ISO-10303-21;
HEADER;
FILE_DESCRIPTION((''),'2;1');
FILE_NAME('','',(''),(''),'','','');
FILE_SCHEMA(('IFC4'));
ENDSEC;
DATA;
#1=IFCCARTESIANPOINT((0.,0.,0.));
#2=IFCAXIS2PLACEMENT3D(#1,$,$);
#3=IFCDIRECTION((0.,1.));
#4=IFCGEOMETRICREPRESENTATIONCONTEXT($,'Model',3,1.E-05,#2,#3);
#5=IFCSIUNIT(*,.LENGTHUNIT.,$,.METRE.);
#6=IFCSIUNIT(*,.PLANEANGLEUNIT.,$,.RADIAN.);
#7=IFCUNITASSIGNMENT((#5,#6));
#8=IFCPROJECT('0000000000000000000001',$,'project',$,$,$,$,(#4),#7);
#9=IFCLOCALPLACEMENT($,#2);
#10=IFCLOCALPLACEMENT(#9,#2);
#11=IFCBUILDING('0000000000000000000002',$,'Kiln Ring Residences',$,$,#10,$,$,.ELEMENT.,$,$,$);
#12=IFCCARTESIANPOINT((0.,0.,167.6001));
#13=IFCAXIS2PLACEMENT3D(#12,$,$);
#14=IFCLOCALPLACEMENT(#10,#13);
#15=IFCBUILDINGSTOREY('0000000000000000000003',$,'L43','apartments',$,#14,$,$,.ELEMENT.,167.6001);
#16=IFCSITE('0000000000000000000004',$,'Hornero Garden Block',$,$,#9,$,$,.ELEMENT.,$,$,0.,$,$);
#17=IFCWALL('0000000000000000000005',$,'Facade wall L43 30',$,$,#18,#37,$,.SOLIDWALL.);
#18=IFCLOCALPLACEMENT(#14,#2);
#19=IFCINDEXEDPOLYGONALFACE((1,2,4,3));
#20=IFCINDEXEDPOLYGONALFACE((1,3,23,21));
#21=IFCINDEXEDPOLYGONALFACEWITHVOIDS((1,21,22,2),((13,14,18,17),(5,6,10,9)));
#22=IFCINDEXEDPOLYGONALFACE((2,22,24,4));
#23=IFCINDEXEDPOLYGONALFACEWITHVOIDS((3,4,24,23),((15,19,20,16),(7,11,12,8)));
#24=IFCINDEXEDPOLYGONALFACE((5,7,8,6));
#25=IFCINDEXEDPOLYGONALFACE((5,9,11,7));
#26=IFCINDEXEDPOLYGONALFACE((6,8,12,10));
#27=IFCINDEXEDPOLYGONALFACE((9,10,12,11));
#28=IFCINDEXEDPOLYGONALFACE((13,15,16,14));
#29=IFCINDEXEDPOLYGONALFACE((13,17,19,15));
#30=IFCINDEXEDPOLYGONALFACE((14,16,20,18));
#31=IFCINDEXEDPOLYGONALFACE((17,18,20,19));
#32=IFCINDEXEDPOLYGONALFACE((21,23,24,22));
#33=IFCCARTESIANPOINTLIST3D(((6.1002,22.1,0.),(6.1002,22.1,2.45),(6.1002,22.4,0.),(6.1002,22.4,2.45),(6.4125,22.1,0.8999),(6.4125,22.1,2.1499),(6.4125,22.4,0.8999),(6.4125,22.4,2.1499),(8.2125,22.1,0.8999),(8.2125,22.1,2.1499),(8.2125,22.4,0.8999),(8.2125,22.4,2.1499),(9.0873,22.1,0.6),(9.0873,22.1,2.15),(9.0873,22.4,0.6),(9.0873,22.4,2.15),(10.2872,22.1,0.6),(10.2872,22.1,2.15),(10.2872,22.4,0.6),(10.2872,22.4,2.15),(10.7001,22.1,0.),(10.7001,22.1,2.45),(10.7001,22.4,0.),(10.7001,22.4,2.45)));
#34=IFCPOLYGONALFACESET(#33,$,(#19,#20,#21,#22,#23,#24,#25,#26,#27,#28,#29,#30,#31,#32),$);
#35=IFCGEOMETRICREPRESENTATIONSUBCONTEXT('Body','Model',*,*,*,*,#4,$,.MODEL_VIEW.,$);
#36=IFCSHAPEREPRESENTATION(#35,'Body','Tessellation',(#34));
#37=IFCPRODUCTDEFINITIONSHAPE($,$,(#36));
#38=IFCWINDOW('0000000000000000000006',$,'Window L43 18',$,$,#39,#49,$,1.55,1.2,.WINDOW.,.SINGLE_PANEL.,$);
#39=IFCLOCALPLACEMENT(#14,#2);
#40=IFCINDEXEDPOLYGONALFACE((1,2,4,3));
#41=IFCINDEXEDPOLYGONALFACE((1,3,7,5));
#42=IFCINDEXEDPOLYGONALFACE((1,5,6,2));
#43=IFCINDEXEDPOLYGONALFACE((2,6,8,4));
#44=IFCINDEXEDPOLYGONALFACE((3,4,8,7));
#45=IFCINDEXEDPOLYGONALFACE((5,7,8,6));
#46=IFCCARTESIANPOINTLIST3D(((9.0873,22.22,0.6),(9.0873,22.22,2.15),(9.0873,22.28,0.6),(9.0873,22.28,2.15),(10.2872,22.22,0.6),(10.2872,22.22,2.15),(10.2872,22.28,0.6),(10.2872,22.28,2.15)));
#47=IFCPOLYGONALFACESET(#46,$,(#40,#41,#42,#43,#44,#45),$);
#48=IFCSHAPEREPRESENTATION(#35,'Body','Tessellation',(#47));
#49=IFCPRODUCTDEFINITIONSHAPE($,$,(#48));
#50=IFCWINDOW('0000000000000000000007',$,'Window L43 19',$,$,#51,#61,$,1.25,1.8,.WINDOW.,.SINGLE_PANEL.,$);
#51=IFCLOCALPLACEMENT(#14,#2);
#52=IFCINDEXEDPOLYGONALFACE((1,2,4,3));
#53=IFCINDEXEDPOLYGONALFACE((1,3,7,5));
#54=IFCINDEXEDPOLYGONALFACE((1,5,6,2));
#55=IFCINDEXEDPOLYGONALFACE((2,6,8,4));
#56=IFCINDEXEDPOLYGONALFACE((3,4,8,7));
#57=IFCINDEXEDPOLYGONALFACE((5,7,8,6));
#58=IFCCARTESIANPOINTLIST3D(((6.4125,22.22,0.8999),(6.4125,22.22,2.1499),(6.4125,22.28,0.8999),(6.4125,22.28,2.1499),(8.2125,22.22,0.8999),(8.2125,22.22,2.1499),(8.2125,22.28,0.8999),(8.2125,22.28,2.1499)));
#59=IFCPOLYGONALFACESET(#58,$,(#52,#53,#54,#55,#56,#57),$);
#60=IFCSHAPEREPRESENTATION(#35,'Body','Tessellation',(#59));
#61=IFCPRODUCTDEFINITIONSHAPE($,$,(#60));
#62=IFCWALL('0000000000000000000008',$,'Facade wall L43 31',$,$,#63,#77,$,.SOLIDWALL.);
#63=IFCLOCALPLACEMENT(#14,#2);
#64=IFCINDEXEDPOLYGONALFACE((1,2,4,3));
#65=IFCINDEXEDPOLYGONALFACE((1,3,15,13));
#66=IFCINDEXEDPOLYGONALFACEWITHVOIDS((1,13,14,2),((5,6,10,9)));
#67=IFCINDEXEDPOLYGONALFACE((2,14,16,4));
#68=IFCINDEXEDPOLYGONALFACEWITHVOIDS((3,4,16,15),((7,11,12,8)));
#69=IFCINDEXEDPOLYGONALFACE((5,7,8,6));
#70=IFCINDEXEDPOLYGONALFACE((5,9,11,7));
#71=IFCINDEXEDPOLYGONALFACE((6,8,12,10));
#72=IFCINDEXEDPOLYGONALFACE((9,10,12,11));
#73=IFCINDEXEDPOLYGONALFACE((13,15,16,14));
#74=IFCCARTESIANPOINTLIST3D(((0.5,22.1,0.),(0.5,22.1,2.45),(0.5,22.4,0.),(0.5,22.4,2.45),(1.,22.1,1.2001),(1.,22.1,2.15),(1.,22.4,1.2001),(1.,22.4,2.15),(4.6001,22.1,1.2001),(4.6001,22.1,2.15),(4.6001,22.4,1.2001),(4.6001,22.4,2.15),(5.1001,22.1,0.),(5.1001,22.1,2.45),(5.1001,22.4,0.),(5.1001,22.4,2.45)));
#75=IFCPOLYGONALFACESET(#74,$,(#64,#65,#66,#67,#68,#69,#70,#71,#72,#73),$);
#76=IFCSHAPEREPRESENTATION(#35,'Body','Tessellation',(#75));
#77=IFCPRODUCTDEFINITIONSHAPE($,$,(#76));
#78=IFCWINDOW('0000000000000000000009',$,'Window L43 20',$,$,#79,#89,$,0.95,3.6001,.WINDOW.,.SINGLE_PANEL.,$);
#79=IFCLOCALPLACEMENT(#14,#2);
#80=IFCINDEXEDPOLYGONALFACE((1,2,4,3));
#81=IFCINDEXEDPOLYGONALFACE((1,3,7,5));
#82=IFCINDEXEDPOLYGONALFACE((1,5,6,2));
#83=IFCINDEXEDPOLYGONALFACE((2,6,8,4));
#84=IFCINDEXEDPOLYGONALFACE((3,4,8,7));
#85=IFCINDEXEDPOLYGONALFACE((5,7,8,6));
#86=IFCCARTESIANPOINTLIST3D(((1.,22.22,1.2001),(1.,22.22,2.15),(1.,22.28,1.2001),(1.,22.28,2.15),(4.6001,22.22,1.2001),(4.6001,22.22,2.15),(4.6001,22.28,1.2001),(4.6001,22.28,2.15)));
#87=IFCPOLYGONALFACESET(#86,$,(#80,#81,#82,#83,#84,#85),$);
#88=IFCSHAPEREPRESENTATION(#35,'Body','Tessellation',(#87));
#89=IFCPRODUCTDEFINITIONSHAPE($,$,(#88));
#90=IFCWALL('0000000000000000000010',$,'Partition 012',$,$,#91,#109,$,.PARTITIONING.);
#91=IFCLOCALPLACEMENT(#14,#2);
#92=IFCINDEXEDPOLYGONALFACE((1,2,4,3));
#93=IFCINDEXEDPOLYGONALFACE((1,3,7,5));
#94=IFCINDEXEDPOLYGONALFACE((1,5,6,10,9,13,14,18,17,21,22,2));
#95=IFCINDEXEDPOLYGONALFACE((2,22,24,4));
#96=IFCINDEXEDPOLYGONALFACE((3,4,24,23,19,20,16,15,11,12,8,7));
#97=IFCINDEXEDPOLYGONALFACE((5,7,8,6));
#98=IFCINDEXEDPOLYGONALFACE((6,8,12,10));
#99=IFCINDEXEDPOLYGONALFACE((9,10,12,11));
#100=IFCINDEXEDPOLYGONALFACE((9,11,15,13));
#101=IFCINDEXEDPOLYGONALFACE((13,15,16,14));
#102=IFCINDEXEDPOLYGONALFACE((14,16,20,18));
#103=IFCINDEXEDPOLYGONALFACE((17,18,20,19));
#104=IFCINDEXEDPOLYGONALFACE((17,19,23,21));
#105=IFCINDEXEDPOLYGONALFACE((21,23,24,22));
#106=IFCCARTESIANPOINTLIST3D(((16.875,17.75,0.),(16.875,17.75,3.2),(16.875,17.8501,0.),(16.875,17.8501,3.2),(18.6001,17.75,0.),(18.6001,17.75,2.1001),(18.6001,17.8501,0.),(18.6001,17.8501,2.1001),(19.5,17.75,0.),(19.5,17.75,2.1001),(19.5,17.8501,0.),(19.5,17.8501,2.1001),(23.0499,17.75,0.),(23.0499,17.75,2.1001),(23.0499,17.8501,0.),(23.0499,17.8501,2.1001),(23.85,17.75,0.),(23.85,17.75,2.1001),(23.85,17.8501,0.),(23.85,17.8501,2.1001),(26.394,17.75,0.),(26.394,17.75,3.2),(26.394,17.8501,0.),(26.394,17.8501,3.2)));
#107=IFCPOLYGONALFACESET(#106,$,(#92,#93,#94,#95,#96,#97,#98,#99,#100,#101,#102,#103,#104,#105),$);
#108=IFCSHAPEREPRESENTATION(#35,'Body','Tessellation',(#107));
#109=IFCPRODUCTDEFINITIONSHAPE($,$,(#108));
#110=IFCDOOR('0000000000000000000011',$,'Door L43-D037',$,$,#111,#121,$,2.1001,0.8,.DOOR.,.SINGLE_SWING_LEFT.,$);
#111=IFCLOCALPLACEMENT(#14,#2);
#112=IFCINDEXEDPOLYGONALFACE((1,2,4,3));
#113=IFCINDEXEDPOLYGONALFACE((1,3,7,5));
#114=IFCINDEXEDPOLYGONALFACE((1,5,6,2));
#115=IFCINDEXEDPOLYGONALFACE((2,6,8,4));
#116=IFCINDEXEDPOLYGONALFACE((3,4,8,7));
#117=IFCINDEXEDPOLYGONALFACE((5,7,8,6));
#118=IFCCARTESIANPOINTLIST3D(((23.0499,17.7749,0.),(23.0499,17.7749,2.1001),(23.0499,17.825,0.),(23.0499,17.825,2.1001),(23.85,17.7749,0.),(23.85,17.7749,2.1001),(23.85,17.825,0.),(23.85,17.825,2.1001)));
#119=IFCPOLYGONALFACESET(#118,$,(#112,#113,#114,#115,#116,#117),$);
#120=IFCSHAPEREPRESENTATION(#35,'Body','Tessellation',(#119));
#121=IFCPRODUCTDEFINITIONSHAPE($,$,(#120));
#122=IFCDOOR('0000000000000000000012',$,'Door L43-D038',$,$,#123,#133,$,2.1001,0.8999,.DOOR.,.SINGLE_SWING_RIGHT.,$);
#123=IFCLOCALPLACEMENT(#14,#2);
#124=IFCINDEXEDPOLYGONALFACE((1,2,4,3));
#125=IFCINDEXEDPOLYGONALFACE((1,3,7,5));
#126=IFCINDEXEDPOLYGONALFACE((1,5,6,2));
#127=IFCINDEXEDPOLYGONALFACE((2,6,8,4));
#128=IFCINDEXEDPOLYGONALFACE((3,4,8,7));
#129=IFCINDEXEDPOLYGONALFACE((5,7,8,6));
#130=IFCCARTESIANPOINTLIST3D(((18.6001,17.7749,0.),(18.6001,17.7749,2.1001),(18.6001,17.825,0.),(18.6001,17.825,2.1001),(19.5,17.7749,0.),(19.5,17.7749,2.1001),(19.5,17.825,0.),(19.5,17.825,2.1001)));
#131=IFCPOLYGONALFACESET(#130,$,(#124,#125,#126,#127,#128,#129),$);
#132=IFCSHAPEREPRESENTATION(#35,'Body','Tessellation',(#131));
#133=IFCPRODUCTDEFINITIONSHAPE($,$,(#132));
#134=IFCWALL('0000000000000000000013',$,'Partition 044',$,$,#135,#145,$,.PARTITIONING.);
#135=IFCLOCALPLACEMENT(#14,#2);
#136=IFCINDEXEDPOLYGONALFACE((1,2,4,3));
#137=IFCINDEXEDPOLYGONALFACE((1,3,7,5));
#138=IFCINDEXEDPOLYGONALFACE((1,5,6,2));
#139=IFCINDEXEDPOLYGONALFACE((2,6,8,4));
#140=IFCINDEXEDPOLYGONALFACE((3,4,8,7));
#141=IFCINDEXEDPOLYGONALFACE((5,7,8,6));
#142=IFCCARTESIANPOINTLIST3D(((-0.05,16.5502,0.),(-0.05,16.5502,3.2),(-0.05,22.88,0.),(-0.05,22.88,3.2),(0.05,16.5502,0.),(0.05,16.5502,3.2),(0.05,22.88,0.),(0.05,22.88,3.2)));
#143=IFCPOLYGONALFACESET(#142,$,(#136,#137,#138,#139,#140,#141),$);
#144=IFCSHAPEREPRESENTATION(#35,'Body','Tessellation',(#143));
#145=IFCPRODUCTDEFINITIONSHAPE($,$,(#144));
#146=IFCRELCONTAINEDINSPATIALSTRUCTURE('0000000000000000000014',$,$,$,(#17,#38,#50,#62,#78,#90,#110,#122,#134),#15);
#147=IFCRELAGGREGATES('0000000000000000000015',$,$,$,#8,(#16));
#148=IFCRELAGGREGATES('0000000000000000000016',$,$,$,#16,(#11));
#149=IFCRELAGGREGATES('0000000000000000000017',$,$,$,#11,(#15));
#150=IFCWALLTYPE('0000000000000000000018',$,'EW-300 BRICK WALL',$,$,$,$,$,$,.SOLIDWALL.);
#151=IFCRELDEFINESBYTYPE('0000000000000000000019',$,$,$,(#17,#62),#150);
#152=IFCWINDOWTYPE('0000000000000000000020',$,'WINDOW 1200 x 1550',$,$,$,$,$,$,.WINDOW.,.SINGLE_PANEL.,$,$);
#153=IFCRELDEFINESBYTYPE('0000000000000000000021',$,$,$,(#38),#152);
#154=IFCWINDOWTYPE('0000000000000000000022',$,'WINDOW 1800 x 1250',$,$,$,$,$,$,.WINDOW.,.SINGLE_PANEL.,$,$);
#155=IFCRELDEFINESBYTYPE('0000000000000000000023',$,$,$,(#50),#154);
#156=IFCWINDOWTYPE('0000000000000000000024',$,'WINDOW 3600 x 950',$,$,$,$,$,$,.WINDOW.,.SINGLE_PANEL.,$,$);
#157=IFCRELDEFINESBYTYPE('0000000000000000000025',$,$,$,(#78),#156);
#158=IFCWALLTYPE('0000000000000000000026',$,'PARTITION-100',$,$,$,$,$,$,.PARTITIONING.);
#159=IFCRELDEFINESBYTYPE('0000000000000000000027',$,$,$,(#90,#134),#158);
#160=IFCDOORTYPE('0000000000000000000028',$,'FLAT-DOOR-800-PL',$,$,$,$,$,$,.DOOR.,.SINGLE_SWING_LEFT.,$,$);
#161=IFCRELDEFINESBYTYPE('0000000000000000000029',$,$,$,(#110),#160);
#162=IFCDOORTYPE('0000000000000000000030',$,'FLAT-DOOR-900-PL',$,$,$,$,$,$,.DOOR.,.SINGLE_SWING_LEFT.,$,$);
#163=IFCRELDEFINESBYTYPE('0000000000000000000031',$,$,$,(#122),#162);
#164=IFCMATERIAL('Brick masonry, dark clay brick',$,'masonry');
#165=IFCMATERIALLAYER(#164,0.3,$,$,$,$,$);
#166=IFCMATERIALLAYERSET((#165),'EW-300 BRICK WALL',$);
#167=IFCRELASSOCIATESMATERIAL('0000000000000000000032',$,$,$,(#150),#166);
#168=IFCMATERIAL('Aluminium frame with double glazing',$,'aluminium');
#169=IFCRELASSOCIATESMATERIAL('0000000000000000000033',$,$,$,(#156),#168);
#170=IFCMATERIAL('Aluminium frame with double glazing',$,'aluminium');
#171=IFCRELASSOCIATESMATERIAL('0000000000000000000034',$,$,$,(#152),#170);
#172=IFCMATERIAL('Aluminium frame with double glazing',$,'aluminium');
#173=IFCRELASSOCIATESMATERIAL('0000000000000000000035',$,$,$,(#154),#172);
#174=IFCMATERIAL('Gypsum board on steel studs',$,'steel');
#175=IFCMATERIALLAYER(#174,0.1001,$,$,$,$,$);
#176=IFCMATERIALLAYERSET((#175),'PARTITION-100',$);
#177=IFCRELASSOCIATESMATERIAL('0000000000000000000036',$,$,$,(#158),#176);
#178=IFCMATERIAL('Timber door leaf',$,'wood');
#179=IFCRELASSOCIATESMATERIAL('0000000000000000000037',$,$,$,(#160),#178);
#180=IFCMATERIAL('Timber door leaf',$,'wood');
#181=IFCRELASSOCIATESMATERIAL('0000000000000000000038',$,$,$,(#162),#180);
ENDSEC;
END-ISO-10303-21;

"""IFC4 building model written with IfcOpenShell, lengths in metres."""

from ifc_helpers import new_model, si_unit, direction, frame, frame_2d, origin, place, context, subcontext, project, spatial, rectangle, extrude, material, layer, layer_set, type_object, element, fill, save


model = new_model("IFC4")

# Units and contexts
model_context = context("Model", 3, precision=1e-05, world=origin(), true_north=direction((0.0, 1.0)))
body_context = subcontext(model_context, "Body", "Model", "MODEL_VIEW")
ifc_project = project(units=[si_unit("LENGTHUNIT", "METRE"), si_unit("PLANEANGLEUNIT", "RADIAN")], contexts=[model_context])

# Site, building, storey
site_placement = place(None, origin())
site = spatial("IfcSite", under=ifc_project, at=site_placement, Name="Hornero Garden Block", CompositionType="ELEMENT", RefElevation=0.0)
building_placement = place(site_placement, origin())
building = spatial("IfcBuilding", under=site, at=building_placement, Name="Kiln Ring Residences", CompositionType="ELEMENT")
storey_placement = place(building_placement, frame((0.0, 0.0, 167.6001)))
storey = spatial("IfcBuildingStorey", under=building, at=storey_placement, Name="L43", Description="apartments", CompositionType="ELEMENT", Elevation=167.6001)

# Shared definitions
ifc_material_1 = material(Name="Brick masonry, dark clay brick", Category="masonry")
ifc_layer_1 = layer(ifc_material_1, 0.3)
ifc_layer_set_1 = layer_set([ifc_layer_1], Name="EW-300 BRICK WALL")
wall_type_1 = type_object("IfcWallType", Name="EW-300 BRICK WALL", PredefinedType="SOLIDWALL", material=ifc_layer_set_1)
ifc_material_2 = material(Name="Aluminium frame with double glazing", Category="aluminium")
window_type_1 = type_object("IfcWindowType", Name="WINDOW 3600 x 950", PartitioningType="SINGLE_PANEL", PredefinedType="WINDOW", material=ifc_material_2)

# Wall, openings, windows
wall_1_placement = place(storey_placement, frame((10.7, 22.25, 0.0), z_axis=(0.0, 0.0, 1.0), x_axis=(-1.0, 0.0, 0.0)))
wall_1 = element("IfcWall", 1, at=wall_1_placement, inside=storey, type_object=wall_type_1, Name="Facade wall L43 30", PredefinedType="SOLIDWALL", context=body_context, shape_type="SweptSolid", body=[
    extrude(rectangle(XDim=4.5999, YDim=0.3, at=frame_2d((2.2998, 0.0))), origin(), (0.0, 0.0, 1.0), 2.45),
])
opening_1_placement = place(wall_1_placement, frame((0.4126, 0.0, 0.6001)))
opening_1 = element("IfcOpeningElement", 2, at=opening_1_placement, cuts=wall_1, PredefinedType="OPENING", context=body_context, shape_type="SweptSolid", body=[
    extrude(rectangle(XDim=1.2, YDim=1.55, at=frame_2d((0.6001, 0.7749))), frame((0.0, 0.1599, 0.0), z_axis=(0.0, -1.0, 0.0), x_axis=(1.0, 0.0, 0.0)), (0.0, 0.0, 1.0), 0.3201),
])
opening_2_placement = place(wall_1_placement, frame((2.4875, 0.0, 0.8999)))
opening_2 = element("IfcOpeningElement", 3, at=opening_2_placement, cuts=wall_1, PredefinedType="OPENING", context=body_context, shape_type="SweptSolid", body=[
    extrude(rectangle(XDim=1.8, YDim=1.25, at=frame_2d((0.8999, 0.625))), frame((0.0, 0.1599, 0.0), z_axis=(0.0, -1.0, 0.0), x_axis=(1.0, 0.0, 0.0)), (0.0, 0.0, 1.0), 0.3201),
])
ifc_material_3 = material(Name="Aluminium frame with double glazing", Category="aluminium")
window_type_2 = type_object("IfcWindowType", Name="WINDOW 1200 x 1550", PartitioningType="SINGLE_PANEL", PredefinedType="WINDOW", material=ifc_material_3)
window_1_placement = place(opening_1_placement, origin())
window_1 = element("IfcWindow", 4, at=window_1_placement, inside=storey, type_object=window_type_2, Name="Window L43 18", OverallHeight=1.55, OverallWidth=1.2, PartitioningType="SINGLE_PANEL", PredefinedType="WINDOW", context=body_context, shape_type="SweptSolid", body=[
    extrude(rectangle(XDim=1.2, YDim=1.55, at=frame_2d((0.6001, 0.7749))), frame((0.0, 0.03, 0.0), z_axis=(0.0, -1.0, 0.0), x_axis=(1.0, 0.0, 0.0)), (0.0, 0.0, 1.0), 0.0601),
])
fill(opening_1, window_1)
ifc_material_4 = material(Name="Aluminium frame with double glazing", Category="aluminium")
window_type_3 = type_object("IfcWindowType", Name="WINDOW 1800 x 1250", PartitioningType="SINGLE_PANEL", PredefinedType="WINDOW", material=ifc_material_4)
window_2_placement = place(opening_2_placement, origin())
window_2 = element("IfcWindow", 5, at=window_2_placement, inside=storey, type_object=window_type_3, Name="Window L43 19", OverallHeight=1.25, OverallWidth=1.8, PartitioningType="SINGLE_PANEL", PredefinedType="WINDOW", context=body_context, shape_type="SweptSolid", body=[
    extrude(rectangle(XDim=1.8, YDim=1.25, at=frame_2d((0.8999, 0.625))), frame((0.0, 0.03, 0.0), z_axis=(0.0, -1.0, 0.0), x_axis=(1.0, 0.0, 0.0)), (0.0, 0.0, 1.0), 0.0601),
])
fill(opening_2, window_2)

# Wall, opening, window
wall_2_placement = place(storey_placement, frame((5.1001, 22.25, 0.0), z_axis=(0.0, 0.0, 1.0), x_axis=(-1.0, 0.0, 0.0)))
wall_2 = element("IfcWall", 6, at=wall_2_placement, inside=storey, type_object=wall_type_1, Name="Facade wall L43 31", PredefinedType="SOLIDWALL", context=body_context, shape_type="SweptSolid", body=[
    extrude(rectangle(XDim=4.6001, YDim=0.3, at=frame_2d((2.3, 0.0))), origin(), (0.0, 0.0, 1.0), 2.45),
])
opening_3_placement = place(wall_2_placement, frame((0.5, 0.0, 1.2)))
opening_3 = element("IfcOpeningElement", 7, at=opening_3_placement, cuts=wall_2, PredefinedType="OPENING", context=body_context, shape_type="SweptSolid", body=[
    extrude(rectangle(XDim=3.6001, YDim=0.95, at=frame_2d((1.8, 0.4751))), frame((0.0, 0.1599, 0.0), z_axis=(0.0, -1.0, 0.0), x_axis=(1.0, 0.0, 0.0)), (0.0, 0.0, 1.0), 0.3201),
])
window_3_placement = place(opening_3_placement, origin())
window_3 = element("IfcWindow", 8, at=window_3_placement, inside=storey, type_object=window_type_1, Name="Window L43 20", OverallHeight=0.95, OverallWidth=3.6001, PartitioningType="SINGLE_PANEL", PredefinedType="WINDOW", context=body_context, shape_type="SweptSolid", body=[
    extrude(rectangle(XDim=3.6001, YDim=0.95, at=frame_2d((1.8, 0.4751))), frame((0.0, 0.03, 0.0), z_axis=(0.0, -1.0, 0.0), x_axis=(1.0, 0.0, 0.0)), (0.0, 0.0, 1.0), 0.0601),
])
fill(opening_3, window_3)

# Wall, openings, doors
ifc_material_5 = material(Name="Gypsum board on steel studs", Category="steel")
ifc_layer_2 = layer(ifc_material_5, 0.1001)
ifc_layer_set_2 = layer_set([ifc_layer_2], Name="PARTITION-100")
wall_type_2 = type_object("IfcWallType", Name="PARTITION-100", PredefinedType="PARTITIONING", material=ifc_layer_set_2)
wall_3_placement = place(storey_placement, frame((16.875, 17.8, 0.0), z_axis=(0.0, 0.0, 1.0), x_axis=(1.0, 0.0, 0.0)))
wall_3 = element("IfcWall", 9, at=wall_3_placement, inside=storey, type_object=wall_type_2, Name="Partition 012", PredefinedType="PARTITIONING", context=body_context, shape_type="SweptSolid", body=[
    extrude(rectangle(XDim=9.519, YDim=0.1001, at=frame_2d((4.7595, 0.0))), origin(), (0.0, 0.0, 1.0), 3.2),
])
opening_4_placement = place(wall_3_placement, frame((6.175, 0.0, 0.0)))
opening_4 = element("IfcOpeningElement", 10, at=opening_4_placement, cuts=wall_3, PredefinedType="OPENING", context=body_context, shape_type="SweptSolid", body=[
    extrude(rectangle(XDim=0.8, YDim=2.1001, at=frame_2d((0.3999, 1.05))), frame((0.0, 0.0601, 0.0), z_axis=(0.0, -1.0, 0.0), x_axis=(1.0, 0.0, 0.0)), (0.0, 0.0, 1.0), 0.1201),
])
opening_5_placement = place(wall_3_placement, frame((1.7251, 0.0, 0.0)))
opening_5 = element("IfcOpeningElement", 11, at=opening_5_placement, cuts=wall_3, PredefinedType="OPENING", context=body_context, shape_type="SweptSolid", body=[
    extrude(rectangle(XDim=0.8999, YDim=2.1001, at=frame_2d((0.45, 1.05))), frame((0.0, 0.0601, 0.0), z_axis=(0.0, -1.0, 0.0), x_axis=(1.0, 0.0, 0.0)), (0.0, 0.0, 1.0), 0.1201),
])
ifc_material_6 = material(Name="Timber door leaf", Category="wood")
door_type_1 = type_object("IfcDoorType", Name="FLAT-DOOR-800-PL", OperationType="SINGLE_SWING_LEFT", PredefinedType="DOOR", material=ifc_material_6)
door_1_placement = place(opening_4_placement, origin())
door_1 = element("IfcDoor", 12, at=door_1_placement, inside=storey, type_object=door_type_1, Name="Door L43-D037", OperationType="SINGLE_SWING_LEFT", OverallHeight=2.1001, OverallWidth=0.8, PredefinedType="DOOR", context=body_context, shape_type="SweptSolid", body=[
    extrude(rectangle(XDim=0.8, YDim=2.1001, at=frame_2d((0.3999, 1.05))), frame((0.0, 0.0249, 0.0), z_axis=(0.0, -1.0, 0.0), x_axis=(1.0, 0.0, 0.0)), (0.0, 0.0, 1.0), 0.05),
])
fill(opening_4, door_1)
ifc_material_7 = material(Name="Timber door leaf", Category="wood")
door_type_2 = type_object("IfcDoorType", Name="FLAT-DOOR-900-PL", OperationType="SINGLE_SWING_LEFT", PredefinedType="DOOR", material=ifc_material_7)
door_2_placement = place(opening_5_placement, origin())
door_2 = element("IfcDoor", 13, at=door_2_placement, inside=storey, type_object=door_type_2, Name="Door L43-D038", OperationType="SINGLE_SWING_RIGHT", OverallHeight=2.1001, OverallWidth=0.8999, PredefinedType="DOOR", context=body_context, shape_type="SweptSolid", body=[
    extrude(rectangle(XDim=0.8999, YDim=2.1001, at=frame_2d((0.45, 1.05))), frame((0.0, 0.0249, 0.0), z_axis=(0.0, -1.0, 0.0), x_axis=(1.0, 0.0, 0.0)), (0.0, 0.0, 1.0), 0.05),
])
fill(opening_5, door_2)

# Wall
wall_4_placement = place(storey_placement, frame((0.0, 16.55, 0.0), z_axis=(0.0, 0.0, 1.0), x_axis=(0.0, 1.0, 0.0)))
element("IfcWall", 14, at=wall_4_placement, inside=storey, type_object=wall_type_2, Name="Partition 044", PredefinedType="PARTITIONING", context=body_context, shape_type="SweptSolid", body=[
    extrude(rectangle(XDim=6.3298, YDim=0.1001, at=frame_2d((3.165, 0.0))), origin(), (0.0, 0.0, 1.0), 3.2),
])

save(model, "model.ifc")
